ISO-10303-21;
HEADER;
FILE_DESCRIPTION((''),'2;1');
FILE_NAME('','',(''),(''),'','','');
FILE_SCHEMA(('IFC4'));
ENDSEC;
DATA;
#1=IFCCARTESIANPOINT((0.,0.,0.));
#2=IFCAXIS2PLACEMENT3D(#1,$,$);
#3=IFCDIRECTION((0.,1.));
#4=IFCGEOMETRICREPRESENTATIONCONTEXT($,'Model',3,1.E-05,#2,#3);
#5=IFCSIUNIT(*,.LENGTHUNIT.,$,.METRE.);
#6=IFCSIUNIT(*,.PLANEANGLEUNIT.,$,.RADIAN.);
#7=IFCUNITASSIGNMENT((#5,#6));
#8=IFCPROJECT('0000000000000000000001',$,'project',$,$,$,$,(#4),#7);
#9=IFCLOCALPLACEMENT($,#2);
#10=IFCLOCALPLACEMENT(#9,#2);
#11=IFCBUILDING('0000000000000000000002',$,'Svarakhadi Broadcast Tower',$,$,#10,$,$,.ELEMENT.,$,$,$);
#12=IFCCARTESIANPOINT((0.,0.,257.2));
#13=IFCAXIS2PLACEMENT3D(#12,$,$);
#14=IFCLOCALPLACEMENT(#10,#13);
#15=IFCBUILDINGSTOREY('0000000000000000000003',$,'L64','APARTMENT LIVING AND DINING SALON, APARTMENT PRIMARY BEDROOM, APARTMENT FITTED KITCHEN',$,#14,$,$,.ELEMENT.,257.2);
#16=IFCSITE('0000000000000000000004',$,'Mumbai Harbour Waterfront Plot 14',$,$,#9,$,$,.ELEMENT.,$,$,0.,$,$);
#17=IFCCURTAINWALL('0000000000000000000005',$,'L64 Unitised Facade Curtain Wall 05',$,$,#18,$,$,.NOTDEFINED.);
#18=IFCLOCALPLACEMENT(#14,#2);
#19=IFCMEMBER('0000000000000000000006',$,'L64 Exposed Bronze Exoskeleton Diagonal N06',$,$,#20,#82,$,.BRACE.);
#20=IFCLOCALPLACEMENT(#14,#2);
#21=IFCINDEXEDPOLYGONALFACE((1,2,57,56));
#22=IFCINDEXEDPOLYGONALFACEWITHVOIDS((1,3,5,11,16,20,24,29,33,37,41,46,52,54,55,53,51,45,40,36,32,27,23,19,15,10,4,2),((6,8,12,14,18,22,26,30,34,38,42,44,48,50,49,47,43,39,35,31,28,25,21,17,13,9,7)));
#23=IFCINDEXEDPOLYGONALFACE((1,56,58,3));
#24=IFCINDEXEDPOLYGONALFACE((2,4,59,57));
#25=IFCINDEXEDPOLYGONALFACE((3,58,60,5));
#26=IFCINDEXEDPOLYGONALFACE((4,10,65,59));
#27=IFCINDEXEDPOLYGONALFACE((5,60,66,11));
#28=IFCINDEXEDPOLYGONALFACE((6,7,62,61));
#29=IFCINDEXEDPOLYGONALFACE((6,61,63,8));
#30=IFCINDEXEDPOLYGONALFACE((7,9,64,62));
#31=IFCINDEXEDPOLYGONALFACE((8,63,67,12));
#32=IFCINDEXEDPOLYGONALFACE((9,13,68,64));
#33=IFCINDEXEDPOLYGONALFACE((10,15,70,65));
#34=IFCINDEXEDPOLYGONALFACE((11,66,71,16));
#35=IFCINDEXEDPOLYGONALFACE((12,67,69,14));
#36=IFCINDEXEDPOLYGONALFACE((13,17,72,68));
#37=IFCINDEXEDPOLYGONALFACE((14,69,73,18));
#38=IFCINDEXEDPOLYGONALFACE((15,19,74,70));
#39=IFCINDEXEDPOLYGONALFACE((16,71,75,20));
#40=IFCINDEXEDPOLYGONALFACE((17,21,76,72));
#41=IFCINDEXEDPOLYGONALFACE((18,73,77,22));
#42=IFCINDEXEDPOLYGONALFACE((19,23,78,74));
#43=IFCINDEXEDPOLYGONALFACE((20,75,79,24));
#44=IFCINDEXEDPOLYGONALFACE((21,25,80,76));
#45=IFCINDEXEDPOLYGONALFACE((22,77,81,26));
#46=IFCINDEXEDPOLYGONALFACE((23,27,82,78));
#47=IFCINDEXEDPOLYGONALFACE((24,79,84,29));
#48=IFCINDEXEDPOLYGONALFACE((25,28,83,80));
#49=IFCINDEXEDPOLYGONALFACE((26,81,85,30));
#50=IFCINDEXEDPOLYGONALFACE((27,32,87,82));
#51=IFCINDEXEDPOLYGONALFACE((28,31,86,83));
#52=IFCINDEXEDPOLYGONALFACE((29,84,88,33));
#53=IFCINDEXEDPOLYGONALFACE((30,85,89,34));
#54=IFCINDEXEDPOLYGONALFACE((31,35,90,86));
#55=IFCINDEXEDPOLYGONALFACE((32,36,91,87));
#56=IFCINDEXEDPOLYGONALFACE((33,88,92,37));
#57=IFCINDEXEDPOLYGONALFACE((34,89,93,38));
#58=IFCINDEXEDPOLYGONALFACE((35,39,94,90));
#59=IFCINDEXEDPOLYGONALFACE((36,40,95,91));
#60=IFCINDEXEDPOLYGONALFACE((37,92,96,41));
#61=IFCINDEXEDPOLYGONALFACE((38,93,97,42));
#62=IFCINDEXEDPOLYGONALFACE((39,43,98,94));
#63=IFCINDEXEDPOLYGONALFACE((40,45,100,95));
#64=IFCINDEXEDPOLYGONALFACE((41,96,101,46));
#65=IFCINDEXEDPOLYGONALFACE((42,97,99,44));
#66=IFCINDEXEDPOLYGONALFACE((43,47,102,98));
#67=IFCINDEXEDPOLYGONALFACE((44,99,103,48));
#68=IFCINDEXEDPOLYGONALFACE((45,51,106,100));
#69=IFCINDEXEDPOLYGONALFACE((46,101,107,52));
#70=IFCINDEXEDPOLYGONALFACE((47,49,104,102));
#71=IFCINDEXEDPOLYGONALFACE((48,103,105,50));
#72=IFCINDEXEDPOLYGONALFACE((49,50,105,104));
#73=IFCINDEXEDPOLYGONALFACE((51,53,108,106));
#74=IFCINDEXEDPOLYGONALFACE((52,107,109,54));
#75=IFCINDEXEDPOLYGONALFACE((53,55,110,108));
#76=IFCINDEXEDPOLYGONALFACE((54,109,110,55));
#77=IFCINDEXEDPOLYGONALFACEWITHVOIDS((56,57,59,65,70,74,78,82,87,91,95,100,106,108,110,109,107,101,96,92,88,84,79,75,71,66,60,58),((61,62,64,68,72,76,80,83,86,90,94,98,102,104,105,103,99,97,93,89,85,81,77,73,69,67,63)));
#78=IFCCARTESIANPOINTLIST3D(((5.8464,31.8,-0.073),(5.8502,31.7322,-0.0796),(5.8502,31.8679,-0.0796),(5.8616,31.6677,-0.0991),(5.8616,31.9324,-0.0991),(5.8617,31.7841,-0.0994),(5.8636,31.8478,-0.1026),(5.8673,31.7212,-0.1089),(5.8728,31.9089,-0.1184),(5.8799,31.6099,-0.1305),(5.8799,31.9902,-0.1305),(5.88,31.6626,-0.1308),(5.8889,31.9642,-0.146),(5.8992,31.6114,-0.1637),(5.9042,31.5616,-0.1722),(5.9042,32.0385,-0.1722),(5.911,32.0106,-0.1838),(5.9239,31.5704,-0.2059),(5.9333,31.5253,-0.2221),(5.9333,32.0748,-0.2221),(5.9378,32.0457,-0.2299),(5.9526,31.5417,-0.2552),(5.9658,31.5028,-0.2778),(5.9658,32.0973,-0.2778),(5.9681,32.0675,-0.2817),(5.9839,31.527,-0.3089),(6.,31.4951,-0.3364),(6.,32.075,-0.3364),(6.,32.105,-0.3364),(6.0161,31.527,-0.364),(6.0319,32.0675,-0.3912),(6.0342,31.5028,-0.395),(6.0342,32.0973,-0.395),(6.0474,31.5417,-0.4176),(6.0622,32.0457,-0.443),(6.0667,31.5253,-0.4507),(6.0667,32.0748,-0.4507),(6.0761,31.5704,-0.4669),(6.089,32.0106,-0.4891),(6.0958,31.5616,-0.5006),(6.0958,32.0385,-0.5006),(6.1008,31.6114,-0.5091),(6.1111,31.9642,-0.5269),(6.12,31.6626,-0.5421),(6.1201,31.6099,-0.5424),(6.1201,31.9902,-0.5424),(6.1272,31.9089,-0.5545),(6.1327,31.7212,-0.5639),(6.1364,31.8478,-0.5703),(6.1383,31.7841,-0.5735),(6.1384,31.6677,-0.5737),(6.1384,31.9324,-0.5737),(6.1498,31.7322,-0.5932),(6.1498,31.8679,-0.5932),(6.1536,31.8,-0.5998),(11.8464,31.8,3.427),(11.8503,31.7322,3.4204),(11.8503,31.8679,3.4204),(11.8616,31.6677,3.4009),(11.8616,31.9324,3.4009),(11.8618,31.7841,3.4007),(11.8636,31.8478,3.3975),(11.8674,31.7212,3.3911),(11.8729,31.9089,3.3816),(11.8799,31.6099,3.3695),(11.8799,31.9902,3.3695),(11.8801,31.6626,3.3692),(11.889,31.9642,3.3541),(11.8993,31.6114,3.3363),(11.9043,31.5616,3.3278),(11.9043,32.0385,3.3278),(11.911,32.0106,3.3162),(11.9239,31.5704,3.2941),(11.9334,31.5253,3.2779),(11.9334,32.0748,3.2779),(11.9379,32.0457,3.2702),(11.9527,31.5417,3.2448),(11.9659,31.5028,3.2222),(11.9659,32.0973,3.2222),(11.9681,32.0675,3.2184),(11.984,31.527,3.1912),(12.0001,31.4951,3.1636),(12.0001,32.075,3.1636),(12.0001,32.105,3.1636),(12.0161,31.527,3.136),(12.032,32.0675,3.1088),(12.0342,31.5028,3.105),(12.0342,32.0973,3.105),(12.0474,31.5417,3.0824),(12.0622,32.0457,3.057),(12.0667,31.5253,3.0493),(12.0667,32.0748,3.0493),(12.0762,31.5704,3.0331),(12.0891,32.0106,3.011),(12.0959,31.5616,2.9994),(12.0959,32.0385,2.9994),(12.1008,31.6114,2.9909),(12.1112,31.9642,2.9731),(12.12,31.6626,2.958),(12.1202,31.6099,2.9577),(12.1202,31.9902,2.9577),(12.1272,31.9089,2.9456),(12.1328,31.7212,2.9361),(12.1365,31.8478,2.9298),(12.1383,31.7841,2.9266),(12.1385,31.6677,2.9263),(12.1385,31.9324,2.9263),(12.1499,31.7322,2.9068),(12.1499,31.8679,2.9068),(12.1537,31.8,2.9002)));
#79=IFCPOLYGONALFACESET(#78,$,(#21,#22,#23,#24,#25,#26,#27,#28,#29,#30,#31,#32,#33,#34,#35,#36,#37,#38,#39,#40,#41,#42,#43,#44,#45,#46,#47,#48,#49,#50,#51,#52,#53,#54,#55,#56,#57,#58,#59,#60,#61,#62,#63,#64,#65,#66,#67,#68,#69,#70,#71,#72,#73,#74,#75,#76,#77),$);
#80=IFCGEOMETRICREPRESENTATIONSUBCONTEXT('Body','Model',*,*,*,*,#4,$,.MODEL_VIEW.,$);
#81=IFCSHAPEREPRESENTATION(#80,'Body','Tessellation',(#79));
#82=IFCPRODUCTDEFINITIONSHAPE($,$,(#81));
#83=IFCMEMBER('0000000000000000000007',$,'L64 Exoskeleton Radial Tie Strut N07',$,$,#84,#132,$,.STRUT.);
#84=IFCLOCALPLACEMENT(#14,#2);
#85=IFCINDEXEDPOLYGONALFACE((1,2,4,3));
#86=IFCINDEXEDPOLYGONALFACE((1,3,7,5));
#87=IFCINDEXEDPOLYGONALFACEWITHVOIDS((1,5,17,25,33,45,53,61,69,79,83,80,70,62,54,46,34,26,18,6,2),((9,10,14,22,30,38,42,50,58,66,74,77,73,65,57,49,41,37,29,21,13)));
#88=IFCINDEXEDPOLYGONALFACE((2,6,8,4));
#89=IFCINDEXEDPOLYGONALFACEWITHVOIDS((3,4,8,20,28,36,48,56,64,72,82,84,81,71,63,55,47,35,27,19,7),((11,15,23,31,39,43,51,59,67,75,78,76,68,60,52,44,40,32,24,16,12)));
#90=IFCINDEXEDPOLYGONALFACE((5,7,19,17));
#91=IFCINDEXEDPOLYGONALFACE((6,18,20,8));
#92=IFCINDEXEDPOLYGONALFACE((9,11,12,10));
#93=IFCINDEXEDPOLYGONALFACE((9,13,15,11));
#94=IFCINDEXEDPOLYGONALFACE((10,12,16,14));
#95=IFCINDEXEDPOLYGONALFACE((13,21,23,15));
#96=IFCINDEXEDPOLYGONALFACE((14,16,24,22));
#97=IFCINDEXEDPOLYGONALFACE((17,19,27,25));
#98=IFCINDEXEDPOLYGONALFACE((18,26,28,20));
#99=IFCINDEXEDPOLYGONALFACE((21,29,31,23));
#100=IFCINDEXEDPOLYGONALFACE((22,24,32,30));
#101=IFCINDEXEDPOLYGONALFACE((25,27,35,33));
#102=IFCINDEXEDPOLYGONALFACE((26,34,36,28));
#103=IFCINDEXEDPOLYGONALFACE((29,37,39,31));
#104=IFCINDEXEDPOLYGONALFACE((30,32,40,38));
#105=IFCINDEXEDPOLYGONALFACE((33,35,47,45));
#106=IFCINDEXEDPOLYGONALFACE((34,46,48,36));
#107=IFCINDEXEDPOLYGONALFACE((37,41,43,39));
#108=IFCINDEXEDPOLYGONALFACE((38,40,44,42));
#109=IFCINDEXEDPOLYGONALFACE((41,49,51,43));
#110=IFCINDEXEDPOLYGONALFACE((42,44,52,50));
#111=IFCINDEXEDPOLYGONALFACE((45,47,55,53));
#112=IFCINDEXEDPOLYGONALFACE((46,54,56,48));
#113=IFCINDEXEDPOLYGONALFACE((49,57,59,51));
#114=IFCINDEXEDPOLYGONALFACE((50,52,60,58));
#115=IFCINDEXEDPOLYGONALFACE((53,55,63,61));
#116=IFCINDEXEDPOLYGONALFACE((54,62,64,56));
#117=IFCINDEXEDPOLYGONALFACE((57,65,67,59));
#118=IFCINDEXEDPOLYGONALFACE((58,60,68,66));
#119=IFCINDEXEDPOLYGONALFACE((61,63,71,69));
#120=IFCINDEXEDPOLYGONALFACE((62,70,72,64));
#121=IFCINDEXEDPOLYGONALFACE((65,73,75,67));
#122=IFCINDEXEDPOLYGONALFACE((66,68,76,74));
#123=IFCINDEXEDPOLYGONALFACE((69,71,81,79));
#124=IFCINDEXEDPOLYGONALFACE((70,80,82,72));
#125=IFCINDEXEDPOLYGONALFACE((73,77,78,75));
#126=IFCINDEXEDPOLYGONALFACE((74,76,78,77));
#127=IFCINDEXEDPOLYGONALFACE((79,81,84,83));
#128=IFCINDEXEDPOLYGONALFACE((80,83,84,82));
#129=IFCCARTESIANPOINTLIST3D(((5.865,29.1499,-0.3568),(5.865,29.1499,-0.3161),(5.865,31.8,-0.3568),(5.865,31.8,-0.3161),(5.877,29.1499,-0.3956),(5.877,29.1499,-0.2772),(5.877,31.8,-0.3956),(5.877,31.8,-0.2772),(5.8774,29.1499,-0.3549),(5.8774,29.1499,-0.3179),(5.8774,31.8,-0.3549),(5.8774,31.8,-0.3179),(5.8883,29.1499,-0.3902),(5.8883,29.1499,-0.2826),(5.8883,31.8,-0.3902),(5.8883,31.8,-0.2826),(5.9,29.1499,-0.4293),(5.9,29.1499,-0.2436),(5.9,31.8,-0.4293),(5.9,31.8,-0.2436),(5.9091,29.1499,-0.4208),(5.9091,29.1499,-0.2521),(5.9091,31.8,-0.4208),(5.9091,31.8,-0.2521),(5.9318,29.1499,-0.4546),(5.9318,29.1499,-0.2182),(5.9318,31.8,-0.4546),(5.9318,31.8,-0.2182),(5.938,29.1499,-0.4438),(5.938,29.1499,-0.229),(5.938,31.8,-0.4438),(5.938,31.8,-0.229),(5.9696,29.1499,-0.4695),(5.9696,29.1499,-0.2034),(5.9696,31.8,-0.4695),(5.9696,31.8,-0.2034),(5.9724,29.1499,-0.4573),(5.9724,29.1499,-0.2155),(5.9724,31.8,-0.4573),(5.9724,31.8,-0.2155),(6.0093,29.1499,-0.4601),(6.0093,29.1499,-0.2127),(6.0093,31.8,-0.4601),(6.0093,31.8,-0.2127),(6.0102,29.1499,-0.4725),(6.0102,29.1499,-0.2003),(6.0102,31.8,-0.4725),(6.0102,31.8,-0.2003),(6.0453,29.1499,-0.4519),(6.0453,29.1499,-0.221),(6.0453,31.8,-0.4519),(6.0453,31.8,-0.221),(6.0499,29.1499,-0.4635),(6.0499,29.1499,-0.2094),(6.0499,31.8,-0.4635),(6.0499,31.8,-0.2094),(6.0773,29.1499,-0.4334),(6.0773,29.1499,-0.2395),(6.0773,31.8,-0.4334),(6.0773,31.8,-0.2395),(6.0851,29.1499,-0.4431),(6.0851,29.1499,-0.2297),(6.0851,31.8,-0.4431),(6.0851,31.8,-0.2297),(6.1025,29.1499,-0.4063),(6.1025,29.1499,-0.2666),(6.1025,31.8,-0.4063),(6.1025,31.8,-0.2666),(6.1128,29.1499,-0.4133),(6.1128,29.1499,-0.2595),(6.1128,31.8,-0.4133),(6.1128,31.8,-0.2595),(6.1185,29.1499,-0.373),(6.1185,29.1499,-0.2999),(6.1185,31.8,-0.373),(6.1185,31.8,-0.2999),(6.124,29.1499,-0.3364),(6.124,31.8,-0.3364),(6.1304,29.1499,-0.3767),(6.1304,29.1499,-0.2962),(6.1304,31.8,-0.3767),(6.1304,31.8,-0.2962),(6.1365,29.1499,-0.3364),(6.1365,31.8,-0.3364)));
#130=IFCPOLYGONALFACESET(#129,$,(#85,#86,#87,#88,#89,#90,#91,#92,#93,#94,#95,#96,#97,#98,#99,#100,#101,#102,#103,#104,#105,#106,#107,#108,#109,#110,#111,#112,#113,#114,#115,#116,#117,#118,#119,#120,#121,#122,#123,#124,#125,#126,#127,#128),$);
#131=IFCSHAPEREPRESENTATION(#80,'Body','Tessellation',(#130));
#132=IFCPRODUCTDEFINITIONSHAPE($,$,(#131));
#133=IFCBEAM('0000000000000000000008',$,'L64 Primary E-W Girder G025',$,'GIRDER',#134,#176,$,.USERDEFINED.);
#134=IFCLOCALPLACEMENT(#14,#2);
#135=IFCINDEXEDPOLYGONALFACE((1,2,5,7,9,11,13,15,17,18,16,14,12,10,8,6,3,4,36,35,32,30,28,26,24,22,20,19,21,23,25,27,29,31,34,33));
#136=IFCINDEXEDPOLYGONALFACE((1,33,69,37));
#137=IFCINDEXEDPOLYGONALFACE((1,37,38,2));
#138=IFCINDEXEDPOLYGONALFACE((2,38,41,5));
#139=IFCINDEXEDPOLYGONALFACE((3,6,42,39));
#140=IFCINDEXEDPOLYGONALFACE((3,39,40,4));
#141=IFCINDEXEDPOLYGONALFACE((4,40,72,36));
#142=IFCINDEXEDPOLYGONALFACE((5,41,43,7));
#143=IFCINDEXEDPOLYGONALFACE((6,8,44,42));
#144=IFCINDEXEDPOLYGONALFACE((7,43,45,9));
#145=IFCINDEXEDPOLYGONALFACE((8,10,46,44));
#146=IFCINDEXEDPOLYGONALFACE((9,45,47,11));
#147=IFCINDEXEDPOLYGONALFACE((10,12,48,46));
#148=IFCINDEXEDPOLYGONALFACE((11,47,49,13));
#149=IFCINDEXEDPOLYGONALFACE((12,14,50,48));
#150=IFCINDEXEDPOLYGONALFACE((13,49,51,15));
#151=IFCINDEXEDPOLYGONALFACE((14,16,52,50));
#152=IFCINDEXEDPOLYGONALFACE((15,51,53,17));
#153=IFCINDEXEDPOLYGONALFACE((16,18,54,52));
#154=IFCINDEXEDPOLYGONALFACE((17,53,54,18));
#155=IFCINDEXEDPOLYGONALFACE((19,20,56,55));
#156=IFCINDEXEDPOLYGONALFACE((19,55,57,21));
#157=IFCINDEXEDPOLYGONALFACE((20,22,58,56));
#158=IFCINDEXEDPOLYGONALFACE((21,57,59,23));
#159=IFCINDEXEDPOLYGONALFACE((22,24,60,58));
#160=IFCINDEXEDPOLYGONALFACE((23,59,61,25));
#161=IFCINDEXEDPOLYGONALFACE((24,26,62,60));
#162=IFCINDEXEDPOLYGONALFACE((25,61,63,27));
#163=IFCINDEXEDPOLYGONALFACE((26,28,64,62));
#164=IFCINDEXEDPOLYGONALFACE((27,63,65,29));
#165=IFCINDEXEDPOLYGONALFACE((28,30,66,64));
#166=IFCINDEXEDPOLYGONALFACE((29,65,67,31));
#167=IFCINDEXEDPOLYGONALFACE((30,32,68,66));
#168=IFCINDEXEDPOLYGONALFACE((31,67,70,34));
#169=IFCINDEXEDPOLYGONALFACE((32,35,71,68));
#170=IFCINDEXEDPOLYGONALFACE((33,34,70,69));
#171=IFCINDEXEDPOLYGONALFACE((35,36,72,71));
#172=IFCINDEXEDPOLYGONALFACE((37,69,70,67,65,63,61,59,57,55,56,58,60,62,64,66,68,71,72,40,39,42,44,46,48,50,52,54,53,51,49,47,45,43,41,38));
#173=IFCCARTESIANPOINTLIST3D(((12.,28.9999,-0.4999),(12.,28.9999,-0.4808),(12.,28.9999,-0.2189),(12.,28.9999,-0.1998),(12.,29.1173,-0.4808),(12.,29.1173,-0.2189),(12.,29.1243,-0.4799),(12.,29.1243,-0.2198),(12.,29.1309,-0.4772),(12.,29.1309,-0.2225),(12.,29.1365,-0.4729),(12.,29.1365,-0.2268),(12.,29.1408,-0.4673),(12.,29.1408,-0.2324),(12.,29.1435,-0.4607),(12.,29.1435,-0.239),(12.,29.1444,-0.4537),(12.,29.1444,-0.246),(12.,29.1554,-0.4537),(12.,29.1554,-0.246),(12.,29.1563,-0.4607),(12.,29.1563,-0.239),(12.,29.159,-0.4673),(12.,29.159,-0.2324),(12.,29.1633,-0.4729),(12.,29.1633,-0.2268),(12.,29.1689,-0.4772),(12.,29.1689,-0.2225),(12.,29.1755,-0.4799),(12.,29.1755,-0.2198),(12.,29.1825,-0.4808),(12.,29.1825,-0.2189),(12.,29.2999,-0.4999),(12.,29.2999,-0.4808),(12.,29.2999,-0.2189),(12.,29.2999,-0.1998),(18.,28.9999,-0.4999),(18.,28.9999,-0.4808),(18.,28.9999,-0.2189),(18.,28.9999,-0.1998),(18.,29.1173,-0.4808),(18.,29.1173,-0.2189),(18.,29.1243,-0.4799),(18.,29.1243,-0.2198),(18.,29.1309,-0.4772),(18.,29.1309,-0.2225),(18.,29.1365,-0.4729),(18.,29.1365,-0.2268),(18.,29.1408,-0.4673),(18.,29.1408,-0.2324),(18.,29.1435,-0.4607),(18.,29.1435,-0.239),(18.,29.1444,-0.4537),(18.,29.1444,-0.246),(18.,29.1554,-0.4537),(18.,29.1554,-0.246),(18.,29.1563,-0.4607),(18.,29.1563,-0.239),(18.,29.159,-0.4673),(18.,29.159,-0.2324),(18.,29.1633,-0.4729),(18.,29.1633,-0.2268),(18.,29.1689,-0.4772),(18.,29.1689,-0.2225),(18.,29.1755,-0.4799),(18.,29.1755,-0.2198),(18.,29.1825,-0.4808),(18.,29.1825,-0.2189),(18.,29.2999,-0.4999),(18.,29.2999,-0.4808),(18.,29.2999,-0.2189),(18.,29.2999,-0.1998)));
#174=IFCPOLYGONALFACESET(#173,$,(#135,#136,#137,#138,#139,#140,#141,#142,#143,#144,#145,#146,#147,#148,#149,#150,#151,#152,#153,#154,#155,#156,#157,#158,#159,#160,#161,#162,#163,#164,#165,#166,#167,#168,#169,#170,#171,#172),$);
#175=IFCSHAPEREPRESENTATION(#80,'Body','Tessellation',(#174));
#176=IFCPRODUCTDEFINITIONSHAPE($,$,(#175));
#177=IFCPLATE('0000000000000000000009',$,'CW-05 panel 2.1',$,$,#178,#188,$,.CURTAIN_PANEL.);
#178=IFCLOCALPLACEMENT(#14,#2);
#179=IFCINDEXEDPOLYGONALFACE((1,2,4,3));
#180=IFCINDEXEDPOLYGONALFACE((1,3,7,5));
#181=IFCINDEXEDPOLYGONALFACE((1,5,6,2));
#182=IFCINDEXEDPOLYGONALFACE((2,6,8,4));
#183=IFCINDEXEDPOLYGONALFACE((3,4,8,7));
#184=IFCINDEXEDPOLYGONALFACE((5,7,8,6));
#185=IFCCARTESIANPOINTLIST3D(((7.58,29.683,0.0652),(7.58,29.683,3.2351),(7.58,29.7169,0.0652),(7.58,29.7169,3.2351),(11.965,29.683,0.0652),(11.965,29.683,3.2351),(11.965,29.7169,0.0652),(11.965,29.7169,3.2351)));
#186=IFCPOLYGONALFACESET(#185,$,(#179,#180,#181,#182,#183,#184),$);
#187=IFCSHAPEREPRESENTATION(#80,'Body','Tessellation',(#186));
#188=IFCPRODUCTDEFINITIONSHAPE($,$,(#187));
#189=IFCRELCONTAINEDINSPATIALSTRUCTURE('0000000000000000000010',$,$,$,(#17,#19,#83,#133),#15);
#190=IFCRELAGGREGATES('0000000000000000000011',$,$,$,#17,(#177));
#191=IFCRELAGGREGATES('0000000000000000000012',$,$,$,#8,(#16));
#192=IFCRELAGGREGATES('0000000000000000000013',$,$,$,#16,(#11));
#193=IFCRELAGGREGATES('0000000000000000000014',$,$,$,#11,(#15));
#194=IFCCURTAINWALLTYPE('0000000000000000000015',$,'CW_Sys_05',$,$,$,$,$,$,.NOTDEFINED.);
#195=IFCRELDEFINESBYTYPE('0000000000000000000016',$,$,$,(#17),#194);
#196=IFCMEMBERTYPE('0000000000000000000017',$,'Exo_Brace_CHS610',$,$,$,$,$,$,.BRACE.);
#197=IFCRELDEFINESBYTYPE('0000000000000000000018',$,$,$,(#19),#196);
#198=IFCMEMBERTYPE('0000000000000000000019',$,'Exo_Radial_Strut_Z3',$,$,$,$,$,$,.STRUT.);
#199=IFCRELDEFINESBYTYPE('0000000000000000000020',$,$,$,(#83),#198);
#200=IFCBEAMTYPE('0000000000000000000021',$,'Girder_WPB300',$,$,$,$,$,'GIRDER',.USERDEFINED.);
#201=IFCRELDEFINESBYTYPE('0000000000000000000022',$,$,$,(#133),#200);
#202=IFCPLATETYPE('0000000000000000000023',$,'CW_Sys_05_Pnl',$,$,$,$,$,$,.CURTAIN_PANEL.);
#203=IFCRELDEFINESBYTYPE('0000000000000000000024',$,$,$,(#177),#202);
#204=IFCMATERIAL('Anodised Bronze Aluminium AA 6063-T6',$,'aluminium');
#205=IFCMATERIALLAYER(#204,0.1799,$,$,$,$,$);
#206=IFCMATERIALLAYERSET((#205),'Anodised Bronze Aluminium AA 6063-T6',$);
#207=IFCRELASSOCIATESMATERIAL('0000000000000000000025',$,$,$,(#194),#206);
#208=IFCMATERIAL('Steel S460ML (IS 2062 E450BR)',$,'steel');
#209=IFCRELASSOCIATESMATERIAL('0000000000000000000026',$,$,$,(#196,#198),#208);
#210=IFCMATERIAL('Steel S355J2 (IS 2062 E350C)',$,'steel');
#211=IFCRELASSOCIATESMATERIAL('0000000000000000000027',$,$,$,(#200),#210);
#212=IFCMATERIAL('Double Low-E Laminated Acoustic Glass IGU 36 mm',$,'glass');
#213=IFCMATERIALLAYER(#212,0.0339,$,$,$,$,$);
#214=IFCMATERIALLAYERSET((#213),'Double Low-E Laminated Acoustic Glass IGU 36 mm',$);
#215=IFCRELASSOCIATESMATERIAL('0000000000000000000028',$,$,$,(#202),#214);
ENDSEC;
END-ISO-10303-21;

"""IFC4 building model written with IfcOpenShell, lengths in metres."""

from ifc_helpers import new_model, si_unit, direction, frame, origin, origin_2d, place, context, subcontext, project, spatial, rectangle, hollow_circle, i_section, extrude, material, layer, layer_set, material_profile, profile_set, type_object, element, aggregate, save


model = new_model("IFC4")

# Units and contexts
model_context = context("Model", 3, precision=1e-05, world=origin(), true_north=direction((0.0, 1.0)))
body_context = subcontext(model_context, "Body", "Model", "MODEL_VIEW")
ifc_project = project(units=[si_unit("LENGTHUNIT", "METRE"), si_unit("PLANEANGLEUNIT", "RADIAN")], contexts=[model_context])

# Site, building, storey
site_placement = place(None, origin())
site = spatial("IfcSite", under=ifc_project, at=site_placement, Name="Mumbai Harbour Waterfront Plot 14", CompositionType="ELEMENT", RefElevation=0.0)
building_placement = place(site_placement, origin())
building = spatial("IfcBuilding", under=site, at=building_placement, Name="Svarakhadi Broadcast Tower", CompositionType="ELEMENT")
storey_placement = place(building_placement, frame((0.0, 0.0, 257.2)))
storey = spatial("IfcBuildingStorey", under=building, at=storey_placement, Name="L64", Description="APARTMENT LIVING AND DINING SALON, APARTMENT PRIMARY BEDROOM, APARTMENT FITTED KITCHEN", CompositionType="ELEMENT", Elevation=257.2)

# Shared definitions
ifc_material_1 = material(Name="Steel S460ML (IS 2062 E450BR)", Category="steel")

# Curtain wall
ifc_material_2 = material(Name="Anodised Bronze Aluminium AA 6063-T6", Category="aluminium")
ifc_layer_1 = layer(ifc_material_2, 0.1799)
ifc_layer_set_1 = layer_set([ifc_layer_1], Name="Anodised Bronze Aluminium AA 6063-T6")
curtain_wall_type = type_object("IfcCurtainWallType", Name="CW_Sys_05", PredefinedType="NOTDEFINED", material=ifc_layer_set_1)
curtain_wall_placement = place(storey_placement, origin())
curtain_wall = element("IfcCurtainWall", 1, at=curtain_wall_placement, inside=storey, type_object=curtain_wall_type, Name="L64 Unitised Facade Curtain Wall 05", PredefinedType="NOTDEFINED")

# Members
ifc_material_profile_1 = material_profile(ifc_material_1, hollow_circle(Radius=0.3049, WallThickness=0.03, at=origin_2d()), Name="CHS 610x30")
ifc_profile_set_1 = profile_set([ifc_material_profile_1], Name="Steel S460ML (IS 2062 E450BR)")
member_type_1 = type_object("IfcMemberType", Name="Exo_Brace_CHS610", PredefinedType="BRACE", material=ifc_profile_set_1)
member_1_placement = place(storey_placement, frame((6.0, 31.8, -0.3364), z_axis=(0.863779, 0.0, 0.503871), x_axis=(0.0, 1.0, 0.0)))
element("IfcMember", 2, at=member_1_placement, inside=storey, type_object=member_type_1, Name="L64 Exposed Bronze Exoskeleton Diagonal N06", PredefinedType="BRACE", context=body_context, shape_type="SweptSolid", body=[
    extrude(hollow_circle(Radius=0.3049, WallThickness=0.03, at=origin_2d()), origin(), (0.0, 0.0, 1.0), 6.9463),
])
ifc_material_profile_2 = material_profile(ifc_material_1, hollow_circle(Radius=0.1365, WallThickness=0.0125, at=origin_2d()), Name="CHS 273x12.5")
ifc_profile_set_2 = profile_set([ifc_material_profile_2], Name="Steel S460ML (IS 2062 E450BR)")
member_type_2 = type_object("IfcMemberType", Name="Exo_Radial_Strut_Z3", PredefinedType="STRUT", material=ifc_profile_set_2)
member_2_placement = place(storey_placement, frame((6.0, 31.8, -0.3364), z_axis=(0.0, -1.0, 0.0), x_axis=(1.0, 0.0, 0.0)))
element("IfcMember", 3, at=member_2_placement, inside=storey, type_object=member_type_2, Name="L64 Exoskeleton Radial Tie Strut N07", PredefinedType="STRUT", context=body_context, shape_type="SweptSolid", body=[
    extrude(hollow_circle(Radius=0.1365, WallThickness=0.0125, at=origin_2d()), origin(), (0.0, 0.0, 1.0), 2.6501),
])

# Beam
ifc_material_3 = material(Name="Steel S355J2 (IS 2062 E350C)", Category="steel")
ifc_material_profile_3 = material_profile(ifc_material_3, i_section(OverallWidth=0.3, OverallDepth=0.3, WebThickness=0.011, FlangeThickness=0.019, FilletRadius=0.0271, at=origin_2d()), Name="WPB 300x300x117")
ifc_profile_set_3 = profile_set([ifc_material_profile_3], Name="Steel S355J2 (IS 2062 E350C)")
beam_type = type_object("IfcBeamType", Name="Girder_WPB300", ElementType="GIRDER", PredefinedType="USERDEFINED", material=ifc_profile_set_3)
beam_placement = place(storey_placement, frame((12.0, 29.1499, -0.3499), z_axis=(1.0, 0.0, 0.0), x_axis=(0.0, 1.0, 0.0)))
element("IfcBeam", 4, at=beam_placement, inside=storey, type_object=beam_type, Name="L64 Primary E-W Girder G025", ObjectType="GIRDER", PredefinedType="USERDEFINED", context=body_context, shape_type="SweptSolid", body=[
    extrude(i_section(OverallWidth=0.3, OverallDepth=0.3, WebThickness=0.011, FlangeThickness=0.019, FilletRadius=0.0271, at=origin_2d()), origin(), (0.0, 0.0, 1.0), 6.0),
])

# Plate
ifc_material_4 = material(Name="Double Low-E Laminated Acoustic Glass IGU 36 mm", Category="glass")
ifc_layer_2 = layer(ifc_material_4, 0.0339)
ifc_layer_set_2 = layer_set([ifc_layer_2], Name="Double Low-E Laminated Acoustic Glass IGU 36 mm")
plate_type_1 = type_object("IfcPlateType", Name="CW_Sys_05_Pnl", PredefinedType="CURTAIN_PANEL", material=ifc_layer_set_2)
plate_1_placement = place(storey_placement, frame((9.7725, 29.7, 0.0652), z_axis=(0.0, 0.0, 1.0), x_axis=(1.0, 0.0, 0.0)))
plate_1 = element("IfcPlate", 5, at=plate_1_placement, type_object=plate_type_1, Name="CW-05 panel 2.1", PredefinedType="CURTAIN_PANEL", context=body_context, shape_type="SweptSolid", body=[
    extrude(rectangle(XDim=4.385, YDim=0.0339, at=origin_2d()), origin(), (0.0, 0.0, 1.0), 3.1699),
])
aggregate(curtain_wall, [plate_1])

save(model, "model.ifc")
